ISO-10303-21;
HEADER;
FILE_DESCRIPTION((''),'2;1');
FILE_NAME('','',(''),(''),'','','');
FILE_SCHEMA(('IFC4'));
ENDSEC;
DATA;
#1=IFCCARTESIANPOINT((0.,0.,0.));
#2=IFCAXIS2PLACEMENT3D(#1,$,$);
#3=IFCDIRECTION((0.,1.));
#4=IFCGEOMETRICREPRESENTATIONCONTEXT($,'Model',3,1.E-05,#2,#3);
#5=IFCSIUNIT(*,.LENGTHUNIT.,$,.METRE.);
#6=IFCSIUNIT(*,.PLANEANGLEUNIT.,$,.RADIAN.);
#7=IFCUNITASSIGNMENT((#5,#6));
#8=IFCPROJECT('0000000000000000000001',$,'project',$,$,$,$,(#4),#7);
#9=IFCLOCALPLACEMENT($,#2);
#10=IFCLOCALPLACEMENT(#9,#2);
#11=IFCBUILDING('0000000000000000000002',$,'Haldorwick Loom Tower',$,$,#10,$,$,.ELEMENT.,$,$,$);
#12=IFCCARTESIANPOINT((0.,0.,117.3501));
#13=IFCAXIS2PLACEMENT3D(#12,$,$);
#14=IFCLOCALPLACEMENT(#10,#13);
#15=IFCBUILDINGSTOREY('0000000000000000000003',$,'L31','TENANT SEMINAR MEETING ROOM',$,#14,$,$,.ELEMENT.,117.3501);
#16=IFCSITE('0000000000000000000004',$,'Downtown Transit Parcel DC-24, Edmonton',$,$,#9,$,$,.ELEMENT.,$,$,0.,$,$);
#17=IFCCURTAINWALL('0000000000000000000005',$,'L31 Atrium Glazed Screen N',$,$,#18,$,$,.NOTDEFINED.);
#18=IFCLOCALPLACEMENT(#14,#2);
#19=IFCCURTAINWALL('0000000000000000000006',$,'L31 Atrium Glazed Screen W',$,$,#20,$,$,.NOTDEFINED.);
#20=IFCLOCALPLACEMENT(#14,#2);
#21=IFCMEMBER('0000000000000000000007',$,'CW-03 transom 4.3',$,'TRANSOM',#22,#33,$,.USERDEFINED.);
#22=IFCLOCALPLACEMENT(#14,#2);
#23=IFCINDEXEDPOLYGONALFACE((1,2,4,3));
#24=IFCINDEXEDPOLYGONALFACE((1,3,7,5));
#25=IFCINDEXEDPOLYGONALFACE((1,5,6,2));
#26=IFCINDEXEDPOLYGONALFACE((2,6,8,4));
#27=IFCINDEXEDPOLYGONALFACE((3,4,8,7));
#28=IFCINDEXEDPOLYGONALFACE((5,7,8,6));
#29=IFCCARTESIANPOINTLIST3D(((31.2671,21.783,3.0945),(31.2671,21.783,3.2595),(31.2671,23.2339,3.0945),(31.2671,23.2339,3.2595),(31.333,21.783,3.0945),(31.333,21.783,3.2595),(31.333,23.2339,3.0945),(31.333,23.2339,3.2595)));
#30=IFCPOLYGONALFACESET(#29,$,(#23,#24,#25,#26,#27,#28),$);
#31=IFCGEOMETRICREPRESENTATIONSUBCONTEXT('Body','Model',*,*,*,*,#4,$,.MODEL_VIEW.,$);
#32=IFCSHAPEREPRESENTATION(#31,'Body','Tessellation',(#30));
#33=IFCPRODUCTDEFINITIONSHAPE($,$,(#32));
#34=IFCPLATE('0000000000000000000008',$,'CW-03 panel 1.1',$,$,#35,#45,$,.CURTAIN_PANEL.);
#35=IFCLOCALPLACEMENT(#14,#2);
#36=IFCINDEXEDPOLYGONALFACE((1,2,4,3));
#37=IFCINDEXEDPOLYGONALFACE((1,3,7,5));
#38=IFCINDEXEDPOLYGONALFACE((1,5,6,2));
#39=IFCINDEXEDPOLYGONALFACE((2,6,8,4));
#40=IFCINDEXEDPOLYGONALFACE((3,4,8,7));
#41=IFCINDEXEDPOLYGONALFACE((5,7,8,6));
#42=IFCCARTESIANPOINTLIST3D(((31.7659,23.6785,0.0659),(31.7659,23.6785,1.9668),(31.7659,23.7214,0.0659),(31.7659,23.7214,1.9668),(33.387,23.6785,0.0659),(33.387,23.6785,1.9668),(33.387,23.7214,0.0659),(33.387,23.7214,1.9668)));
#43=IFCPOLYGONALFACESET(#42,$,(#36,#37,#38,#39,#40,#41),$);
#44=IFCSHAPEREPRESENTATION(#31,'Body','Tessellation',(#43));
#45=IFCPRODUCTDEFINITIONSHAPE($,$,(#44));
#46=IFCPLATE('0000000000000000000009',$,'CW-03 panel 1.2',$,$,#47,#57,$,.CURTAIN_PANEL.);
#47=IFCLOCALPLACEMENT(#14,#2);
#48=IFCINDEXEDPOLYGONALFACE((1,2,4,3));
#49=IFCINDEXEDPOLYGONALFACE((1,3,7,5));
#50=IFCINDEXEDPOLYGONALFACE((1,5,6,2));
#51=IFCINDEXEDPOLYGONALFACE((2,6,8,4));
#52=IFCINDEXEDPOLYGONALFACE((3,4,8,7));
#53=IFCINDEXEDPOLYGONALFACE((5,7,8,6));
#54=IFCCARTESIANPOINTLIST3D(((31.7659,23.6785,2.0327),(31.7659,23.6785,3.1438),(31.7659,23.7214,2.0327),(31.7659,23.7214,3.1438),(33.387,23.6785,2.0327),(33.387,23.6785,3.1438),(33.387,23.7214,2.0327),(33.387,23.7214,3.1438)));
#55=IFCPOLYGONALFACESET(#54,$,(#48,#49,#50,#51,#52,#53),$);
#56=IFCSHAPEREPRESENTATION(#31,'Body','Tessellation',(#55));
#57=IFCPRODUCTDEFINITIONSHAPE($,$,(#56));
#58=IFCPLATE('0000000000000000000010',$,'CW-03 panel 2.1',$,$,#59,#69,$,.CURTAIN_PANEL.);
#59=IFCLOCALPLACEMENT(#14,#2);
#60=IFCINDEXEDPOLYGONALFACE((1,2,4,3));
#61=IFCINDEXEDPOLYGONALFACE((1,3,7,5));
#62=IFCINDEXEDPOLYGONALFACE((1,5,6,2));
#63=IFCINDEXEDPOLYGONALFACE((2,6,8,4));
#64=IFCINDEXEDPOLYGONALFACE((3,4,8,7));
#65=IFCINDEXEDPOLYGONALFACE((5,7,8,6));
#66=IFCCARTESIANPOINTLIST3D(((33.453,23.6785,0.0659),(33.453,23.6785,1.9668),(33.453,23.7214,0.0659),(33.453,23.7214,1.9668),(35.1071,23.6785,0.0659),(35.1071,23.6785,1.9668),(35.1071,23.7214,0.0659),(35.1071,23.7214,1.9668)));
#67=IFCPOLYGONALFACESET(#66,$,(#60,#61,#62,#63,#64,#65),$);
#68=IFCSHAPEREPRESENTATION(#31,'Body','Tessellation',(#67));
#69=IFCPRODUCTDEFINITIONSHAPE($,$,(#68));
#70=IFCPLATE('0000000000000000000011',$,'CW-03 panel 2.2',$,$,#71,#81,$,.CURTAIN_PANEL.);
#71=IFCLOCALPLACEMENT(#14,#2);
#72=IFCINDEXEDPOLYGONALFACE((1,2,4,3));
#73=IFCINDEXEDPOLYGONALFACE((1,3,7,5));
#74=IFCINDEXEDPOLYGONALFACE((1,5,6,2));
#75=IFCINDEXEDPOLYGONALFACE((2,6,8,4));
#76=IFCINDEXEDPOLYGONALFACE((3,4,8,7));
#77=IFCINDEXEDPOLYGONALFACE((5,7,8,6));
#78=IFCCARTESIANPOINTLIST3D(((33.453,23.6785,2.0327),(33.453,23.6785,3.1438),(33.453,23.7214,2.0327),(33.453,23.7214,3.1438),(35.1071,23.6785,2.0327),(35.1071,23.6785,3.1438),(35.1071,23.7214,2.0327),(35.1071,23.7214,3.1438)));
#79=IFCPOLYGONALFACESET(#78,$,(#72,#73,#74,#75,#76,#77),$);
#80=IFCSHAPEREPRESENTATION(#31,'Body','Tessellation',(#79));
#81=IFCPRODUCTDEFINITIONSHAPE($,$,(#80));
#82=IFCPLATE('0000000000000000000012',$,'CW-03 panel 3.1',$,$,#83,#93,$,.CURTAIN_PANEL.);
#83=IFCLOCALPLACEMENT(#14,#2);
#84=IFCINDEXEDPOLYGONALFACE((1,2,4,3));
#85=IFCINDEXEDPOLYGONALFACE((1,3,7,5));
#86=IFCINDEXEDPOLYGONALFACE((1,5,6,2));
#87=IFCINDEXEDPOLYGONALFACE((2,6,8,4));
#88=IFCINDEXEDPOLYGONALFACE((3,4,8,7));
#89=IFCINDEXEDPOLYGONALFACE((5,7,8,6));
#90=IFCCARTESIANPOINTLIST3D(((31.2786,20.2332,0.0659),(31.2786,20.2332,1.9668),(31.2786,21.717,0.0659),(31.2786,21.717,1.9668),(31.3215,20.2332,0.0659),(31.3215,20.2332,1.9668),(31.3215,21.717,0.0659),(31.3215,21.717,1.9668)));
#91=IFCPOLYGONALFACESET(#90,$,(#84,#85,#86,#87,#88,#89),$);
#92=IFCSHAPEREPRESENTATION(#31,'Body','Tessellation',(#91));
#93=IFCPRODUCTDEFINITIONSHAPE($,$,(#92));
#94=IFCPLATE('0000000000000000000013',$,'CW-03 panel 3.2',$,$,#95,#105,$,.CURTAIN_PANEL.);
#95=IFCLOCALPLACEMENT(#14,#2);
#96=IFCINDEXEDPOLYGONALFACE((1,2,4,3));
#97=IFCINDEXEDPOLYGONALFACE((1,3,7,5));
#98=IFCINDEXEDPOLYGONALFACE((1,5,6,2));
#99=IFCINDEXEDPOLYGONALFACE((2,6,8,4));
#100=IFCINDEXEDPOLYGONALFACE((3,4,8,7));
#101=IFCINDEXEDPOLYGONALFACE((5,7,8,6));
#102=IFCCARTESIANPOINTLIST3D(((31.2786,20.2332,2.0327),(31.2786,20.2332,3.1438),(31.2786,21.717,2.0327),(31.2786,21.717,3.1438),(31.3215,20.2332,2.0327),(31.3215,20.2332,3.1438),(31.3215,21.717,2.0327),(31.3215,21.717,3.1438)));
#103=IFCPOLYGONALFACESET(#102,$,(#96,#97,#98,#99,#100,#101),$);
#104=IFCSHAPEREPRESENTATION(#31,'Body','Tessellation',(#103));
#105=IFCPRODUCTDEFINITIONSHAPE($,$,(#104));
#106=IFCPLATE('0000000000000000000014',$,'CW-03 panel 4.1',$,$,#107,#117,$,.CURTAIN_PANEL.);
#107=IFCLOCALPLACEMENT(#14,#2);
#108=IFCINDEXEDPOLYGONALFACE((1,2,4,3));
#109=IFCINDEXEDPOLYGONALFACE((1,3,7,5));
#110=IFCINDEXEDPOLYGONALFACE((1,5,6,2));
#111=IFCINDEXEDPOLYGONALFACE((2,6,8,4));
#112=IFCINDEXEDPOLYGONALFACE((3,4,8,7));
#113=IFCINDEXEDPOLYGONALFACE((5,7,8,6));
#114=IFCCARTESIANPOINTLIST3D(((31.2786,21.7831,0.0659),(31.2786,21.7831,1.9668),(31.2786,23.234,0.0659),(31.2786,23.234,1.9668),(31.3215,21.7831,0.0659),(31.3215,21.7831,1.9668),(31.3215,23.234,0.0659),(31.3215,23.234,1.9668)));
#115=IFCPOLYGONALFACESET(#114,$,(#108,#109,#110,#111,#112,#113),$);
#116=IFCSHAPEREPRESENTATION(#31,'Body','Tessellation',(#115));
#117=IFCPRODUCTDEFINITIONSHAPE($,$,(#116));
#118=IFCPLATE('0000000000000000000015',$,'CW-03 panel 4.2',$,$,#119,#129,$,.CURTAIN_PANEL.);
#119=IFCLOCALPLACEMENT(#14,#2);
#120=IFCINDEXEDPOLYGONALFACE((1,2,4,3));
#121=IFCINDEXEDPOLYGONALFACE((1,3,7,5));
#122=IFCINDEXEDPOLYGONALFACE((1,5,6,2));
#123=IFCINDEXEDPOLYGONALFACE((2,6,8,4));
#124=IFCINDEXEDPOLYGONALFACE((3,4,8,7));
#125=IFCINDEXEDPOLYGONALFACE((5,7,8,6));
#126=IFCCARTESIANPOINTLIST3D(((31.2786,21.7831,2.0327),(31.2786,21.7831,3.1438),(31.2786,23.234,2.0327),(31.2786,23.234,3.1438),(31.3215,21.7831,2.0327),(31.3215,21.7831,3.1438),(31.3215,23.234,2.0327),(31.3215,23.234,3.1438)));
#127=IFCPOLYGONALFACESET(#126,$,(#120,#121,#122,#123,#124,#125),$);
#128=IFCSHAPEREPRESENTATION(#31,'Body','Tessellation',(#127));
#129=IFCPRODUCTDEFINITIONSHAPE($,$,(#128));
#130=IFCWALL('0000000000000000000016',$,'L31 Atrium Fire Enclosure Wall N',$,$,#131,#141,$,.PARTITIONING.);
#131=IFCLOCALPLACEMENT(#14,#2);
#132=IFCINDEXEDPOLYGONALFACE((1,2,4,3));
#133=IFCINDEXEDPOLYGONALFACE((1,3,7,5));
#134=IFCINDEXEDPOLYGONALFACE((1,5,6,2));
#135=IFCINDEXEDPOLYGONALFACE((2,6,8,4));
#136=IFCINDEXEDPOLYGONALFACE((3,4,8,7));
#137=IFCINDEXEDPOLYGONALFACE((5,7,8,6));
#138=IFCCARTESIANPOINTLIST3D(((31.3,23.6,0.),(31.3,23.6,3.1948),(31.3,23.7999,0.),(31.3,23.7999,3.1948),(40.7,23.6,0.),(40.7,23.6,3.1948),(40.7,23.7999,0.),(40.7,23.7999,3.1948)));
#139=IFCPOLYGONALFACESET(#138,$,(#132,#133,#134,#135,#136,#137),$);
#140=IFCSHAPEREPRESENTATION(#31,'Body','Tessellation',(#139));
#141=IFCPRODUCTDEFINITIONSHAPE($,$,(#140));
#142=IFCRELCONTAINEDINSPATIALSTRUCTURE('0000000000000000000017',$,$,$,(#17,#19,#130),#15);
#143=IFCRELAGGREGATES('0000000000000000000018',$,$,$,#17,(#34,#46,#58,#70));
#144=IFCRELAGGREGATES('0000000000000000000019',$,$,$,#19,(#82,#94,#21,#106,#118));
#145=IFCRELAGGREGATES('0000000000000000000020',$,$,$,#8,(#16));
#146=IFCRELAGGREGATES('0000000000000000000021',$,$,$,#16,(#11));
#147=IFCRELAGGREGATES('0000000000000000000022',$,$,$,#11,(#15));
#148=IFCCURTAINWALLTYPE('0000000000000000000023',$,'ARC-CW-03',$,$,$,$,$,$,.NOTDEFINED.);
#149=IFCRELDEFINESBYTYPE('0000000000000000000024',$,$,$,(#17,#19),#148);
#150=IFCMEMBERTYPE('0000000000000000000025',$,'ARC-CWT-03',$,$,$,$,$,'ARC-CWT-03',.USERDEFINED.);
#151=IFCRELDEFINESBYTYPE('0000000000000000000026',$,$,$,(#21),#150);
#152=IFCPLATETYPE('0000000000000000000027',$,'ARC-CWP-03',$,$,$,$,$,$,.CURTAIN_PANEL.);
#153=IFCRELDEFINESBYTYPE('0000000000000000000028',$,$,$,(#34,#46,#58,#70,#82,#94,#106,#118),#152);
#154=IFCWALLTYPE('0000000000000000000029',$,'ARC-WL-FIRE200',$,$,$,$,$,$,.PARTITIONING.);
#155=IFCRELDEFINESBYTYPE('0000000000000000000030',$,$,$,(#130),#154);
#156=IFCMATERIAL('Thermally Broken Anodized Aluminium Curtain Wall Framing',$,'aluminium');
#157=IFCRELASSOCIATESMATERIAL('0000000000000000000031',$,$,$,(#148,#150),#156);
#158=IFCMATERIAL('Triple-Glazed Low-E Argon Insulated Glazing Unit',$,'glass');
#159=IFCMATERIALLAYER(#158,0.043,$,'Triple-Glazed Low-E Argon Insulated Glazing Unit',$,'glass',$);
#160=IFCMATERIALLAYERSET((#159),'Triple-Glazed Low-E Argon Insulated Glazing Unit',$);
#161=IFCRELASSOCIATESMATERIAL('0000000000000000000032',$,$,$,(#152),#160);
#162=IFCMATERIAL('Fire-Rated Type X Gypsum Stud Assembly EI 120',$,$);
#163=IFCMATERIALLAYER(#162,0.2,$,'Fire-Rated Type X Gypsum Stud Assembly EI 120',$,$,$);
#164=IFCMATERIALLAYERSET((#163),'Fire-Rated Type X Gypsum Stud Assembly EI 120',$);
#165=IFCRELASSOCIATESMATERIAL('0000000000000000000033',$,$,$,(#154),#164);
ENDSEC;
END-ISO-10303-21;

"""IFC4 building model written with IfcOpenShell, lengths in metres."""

from ifc_helpers import new_model, si_unit, direction, frame, frame_2d, origin, origin_2d, place, context, subcontext, project, spatial, rectangle, extrude, material, layer, layer_set, material_profile, profile_set, type_object, element, aggregate, save


model = new_model("IFC4")

# Units and contexts
model_context = context("Model", 3, precision=1e-05, world=origin(), true_north=direction((0.0, 1.0)))
body_context = subcontext(model_context, "Body", "Model", "MODEL_VIEW")
ifc_project = project(units=[si_unit("LENGTHUNIT", "METRE"), si_unit("PLANEANGLEUNIT", "RADIAN")], contexts=[model_context])

# Site, building, storey
site_placement = place(None, origin())
site = spatial("IfcSite", under=ifc_project, at=site_placement, Name="Downtown Transit Parcel DC-24, Edmonton", CompositionType="ELEMENT", RefElevation=0.0)
building_placement = place(site_placement, origin())
building = spatial("IfcBuilding", under=site, at=building_placement, Name="Haldorwick Loom Tower", CompositionType="ELEMENT")
storey_placement = place(building_placement, frame((0.0, 0.0, 117.3501)))
storey = spatial("IfcBuildingStorey", under=building, at=storey_placement, Name="L31", Description="TENANT SEMINAR MEETING ROOM", CompositionType="ELEMENT", Elevation=117.3501)

# Curtain walls
ifc_material_1 = material(Name="Thermally Broken Anodized Aluminium Curtain Wall Framing", Category="aluminium")
curtain_wall_type = type_object("IfcCurtainWallType", Name="ARC-CW-03", PredefinedType="NOTDEFINED", material=ifc_material_1)
curtain_wall_1_placement = place(storey_placement, origin())
curtain_wall_1 = element("IfcCurtainWall", 1, at=curtain_wall_1_placement, inside=storey, type_object=curtain_wall_type, Name="L31 Atrium Glazed Screen N", PredefinedType="NOTDEFINED")
curtain_wall_2_placement = place(storey_placement, origin())
curtain_wall_2 = element("IfcCurtainWall", 2, at=curtain_wall_2_placement, inside=storey, type_object=curtain_wall_type, Name="L31 Atrium Glazed Screen W", PredefinedType="NOTDEFINED")

# Member
ifc_material_profile_1 = material_profile(ifc_material_1, rectangle(XDim=0.0659, YDim=0.165, at=origin_2d()), Name="ALU_TRN_66X165", Category="aluminium")
ifc_profile_set_1 = profile_set([ifc_material_profile_1], Name="Thermally Broken Anodized Aluminium Curtain Wall Framing")
member_type_1 = type_object("IfcMemberType", Name="ARC-CWT-03", ElementType="ARC-CWT-03", PredefinedType="USERDEFINED", material=ifc_profile_set_1)
member_1_placement = place(storey_placement, frame((31.3, 21.783, 3.177), z_axis=(0.0, 1.0, 0.0), x_axis=(-1.0, 0.0, 0.0)))
member_1 = element("IfcMember", 3, at=member_1_placement, type_object=member_type_1, Name="CW-03 transom 4.3", ObjectType="TRANSOM", PredefinedType="USERDEFINED", context=body_context, shape_type="SweptSolid", body=[
    extrude(rectangle(XDim=0.0659, YDim=0.165, at=origin_2d()), origin(), (0.0, 0.0, 1.0), 1.4509),
])

# Plates
ifc_material_2 = material(Name="Triple-Glazed Low-E Argon Insulated Glazing Unit", Category="glass")
ifc_layer_1 = layer(ifc_material_2, 0.043, Name="Triple-Glazed Low-E Argon Insulated Glazing Unit", Category="glass")
ifc_layer_set_1 = layer_set([ifc_layer_1], Name="Triple-Glazed Low-E Argon Insulated Glazing Unit")
plate_type = type_object("IfcPlateType", Name="ARC-CWP-03", PredefinedType="CURTAIN_PANEL", material=ifc_layer_set_1)
plate_1_placement = place(storey_placement, frame((32.5764, 23.7, 0.0659), z_axis=(0.0, 0.0, 1.0), x_axis=(1.0, 0.0, 0.0)))
plate_1 = element("IfcPlate", 4, at=plate_1_placement, type_object=plate_type, Name="CW-03 panel 1.1", PredefinedType="CURTAIN_PANEL", context=body_context, shape_type="SweptSolid", body=[
    extrude(rectangle(XDim=1.6211, YDim=0.043, at=origin_2d()), origin(), (0.0, 0.0, 1.0), 1.9009),
])
plate_2_placement = place(storey_placement, frame((32.5764, 23.7, 2.0327), z_axis=(0.0, 0.0, 1.0), x_axis=(1.0, 0.0, 0.0)))
plate_2 = element("IfcPlate", 5, at=plate_2_placement, type_object=plate_type, Name="CW-03 panel 1.2", PredefinedType="CURTAIN_PANEL", context=body_context, shape_type="SweptSolid", body=[
    extrude(rectangle(XDim=1.6211, YDim=0.043, at=origin_2d()), origin(), (0.0, 0.0, 1.0), 1.1111),
])
plate_3_placement = place(storey_placement, frame((34.28, 23.7, 0.0659), z_axis=(0.0, 0.0, 1.0), x_axis=(1.0, 0.0, 0.0)))
plate_3 = element("IfcPlate", 6, at=plate_3_placement, type_object=plate_type, Name="CW-03 panel 2.1", PredefinedType="CURTAIN_PANEL", context=body_context, shape_type="SweptSolid", body=[
    extrude(rectangle(XDim=1.6541, YDim=0.043, at=origin_2d()), origin(), (0.0, 0.0, 1.0), 1.9009),
])
plate_4_placement = place(storey_placement, frame((34.28, 23.7, 2.0327), z_axis=(0.0, 0.0, 1.0), x_axis=(1.0, 0.0, 0.0)))
plate_4 = element("IfcPlate", 7, at=plate_4_placement, type_object=plate_type, Name="CW-03 panel 2.2", PredefinedType="CURTAIN_PANEL", context=body_context, shape_type="SweptSolid", body=[
    extrude(rectangle(XDim=1.6541, YDim=0.043, at=origin_2d()), origin(), (0.0, 0.0, 1.0), 1.1111),
])
aggregate(curtain_wall_1, [plate_1, plate_2, plate_3, plate_4])
plate_5_placement = place(storey_placement, frame((31.3, 20.9751, 0.0659), z_axis=(0.0, 0.0, 1.0), x_axis=(0.0, 1.0, 0.0)))
plate_5 = element("IfcPlate", 8, at=plate_5_placement, type_object=plate_type, Name="CW-03 panel 3.1", PredefinedType="CURTAIN_PANEL", context=body_context, shape_type="SweptSolid", body=[
    extrude(rectangle(XDim=1.4839, YDim=0.043, at=origin_2d()), origin(), (0.0, 0.0, 1.0), 1.9009),
])
plate_6_placement = place(storey_placement, frame((31.3, 20.9751, 2.0327), z_axis=(0.0, 0.0, 1.0), x_axis=(0.0, 1.0, 0.0)))
plate_6 = element("IfcPlate", 9, at=plate_6_placement, type_object=plate_type, Name="CW-03 panel 3.2", PredefinedType="CURTAIN_PANEL", context=body_context, shape_type="SweptSolid", body=[
    extrude(rectangle(XDim=1.4839, YDim=0.043, at=origin_2d()), origin(), (0.0, 0.0, 1.0), 1.1111),
])
plate_7_placement = place(storey_placement, frame((31.3, 22.5085, 0.0659), z_axis=(0.0, 0.0, 1.0), x_axis=(0.0, 1.0, 0.0)))
plate_7 = element("IfcPlate", 10, at=plate_7_placement, type_object=plate_type, Name="CW-03 panel 4.1", PredefinedType="CURTAIN_PANEL", context=body_context, shape_type="SweptSolid", body=[
    extrude(rectangle(XDim=1.4509, YDim=0.043, at=origin_2d()), origin(), (0.0, 0.0, 1.0), 1.9009),
])
plate_8_placement = place(storey_placement, frame((31.3, 22.5085, 2.0327), z_axis=(0.0, 0.0, 1.0), x_axis=(0.0, 1.0, 0.0)))
plate_8 = element("IfcPlate", 11, at=plate_8_placement, type_object=plate_type, Name="CW-03 panel 4.2", PredefinedType="CURTAIN_PANEL", context=body_context, shape_type="SweptSolid", body=[
    extrude(rectangle(XDim=1.4509, YDim=0.043, at=origin_2d()), origin(), (0.0, 0.0, 1.0), 1.1111),
])
aggregate(curtain_wall_2, [plate_5, plate_6, member_1, plate_7, plate_8])

# Wall
ifc_material_3 = material(Name="Fire-Rated Type X Gypsum Stud Assembly EI 120")
ifc_layer_2 = layer(ifc_material_3, 0.2, Name="Fire-Rated Type X Gypsum Stud Assembly EI 120")
ifc_layer_set_2 = layer_set([ifc_layer_2], Name="Fire-Rated Type X Gypsum Stud Assembly EI 120")
wall_type = type_object("IfcWallType", Name="ARC-WL-FIRE200", PredefinedType="PARTITIONING", material=ifc_layer_set_2)
wall_placement = place(storey_placement, frame((31.3, 23.7, 0.0), z_axis=(0.0, 0.0, 1.0), x_axis=(1.0, 0.0, 0.0)))
element("IfcWall", 12, at=wall_placement, inside=storey, type_object=wall_type, Name="L31 Atrium Fire Enclosure Wall N", PredefinedType="PARTITIONING", context=body_context, shape_type="SweptSolid", body=[
    extrude(rectangle(XDim=9.3999, YDim=0.2, at=frame_2d((4.7, 0.0))), origin(), (0.0, 0.0, 1.0), 3.1948),
])

save(model, "model.ifc")
